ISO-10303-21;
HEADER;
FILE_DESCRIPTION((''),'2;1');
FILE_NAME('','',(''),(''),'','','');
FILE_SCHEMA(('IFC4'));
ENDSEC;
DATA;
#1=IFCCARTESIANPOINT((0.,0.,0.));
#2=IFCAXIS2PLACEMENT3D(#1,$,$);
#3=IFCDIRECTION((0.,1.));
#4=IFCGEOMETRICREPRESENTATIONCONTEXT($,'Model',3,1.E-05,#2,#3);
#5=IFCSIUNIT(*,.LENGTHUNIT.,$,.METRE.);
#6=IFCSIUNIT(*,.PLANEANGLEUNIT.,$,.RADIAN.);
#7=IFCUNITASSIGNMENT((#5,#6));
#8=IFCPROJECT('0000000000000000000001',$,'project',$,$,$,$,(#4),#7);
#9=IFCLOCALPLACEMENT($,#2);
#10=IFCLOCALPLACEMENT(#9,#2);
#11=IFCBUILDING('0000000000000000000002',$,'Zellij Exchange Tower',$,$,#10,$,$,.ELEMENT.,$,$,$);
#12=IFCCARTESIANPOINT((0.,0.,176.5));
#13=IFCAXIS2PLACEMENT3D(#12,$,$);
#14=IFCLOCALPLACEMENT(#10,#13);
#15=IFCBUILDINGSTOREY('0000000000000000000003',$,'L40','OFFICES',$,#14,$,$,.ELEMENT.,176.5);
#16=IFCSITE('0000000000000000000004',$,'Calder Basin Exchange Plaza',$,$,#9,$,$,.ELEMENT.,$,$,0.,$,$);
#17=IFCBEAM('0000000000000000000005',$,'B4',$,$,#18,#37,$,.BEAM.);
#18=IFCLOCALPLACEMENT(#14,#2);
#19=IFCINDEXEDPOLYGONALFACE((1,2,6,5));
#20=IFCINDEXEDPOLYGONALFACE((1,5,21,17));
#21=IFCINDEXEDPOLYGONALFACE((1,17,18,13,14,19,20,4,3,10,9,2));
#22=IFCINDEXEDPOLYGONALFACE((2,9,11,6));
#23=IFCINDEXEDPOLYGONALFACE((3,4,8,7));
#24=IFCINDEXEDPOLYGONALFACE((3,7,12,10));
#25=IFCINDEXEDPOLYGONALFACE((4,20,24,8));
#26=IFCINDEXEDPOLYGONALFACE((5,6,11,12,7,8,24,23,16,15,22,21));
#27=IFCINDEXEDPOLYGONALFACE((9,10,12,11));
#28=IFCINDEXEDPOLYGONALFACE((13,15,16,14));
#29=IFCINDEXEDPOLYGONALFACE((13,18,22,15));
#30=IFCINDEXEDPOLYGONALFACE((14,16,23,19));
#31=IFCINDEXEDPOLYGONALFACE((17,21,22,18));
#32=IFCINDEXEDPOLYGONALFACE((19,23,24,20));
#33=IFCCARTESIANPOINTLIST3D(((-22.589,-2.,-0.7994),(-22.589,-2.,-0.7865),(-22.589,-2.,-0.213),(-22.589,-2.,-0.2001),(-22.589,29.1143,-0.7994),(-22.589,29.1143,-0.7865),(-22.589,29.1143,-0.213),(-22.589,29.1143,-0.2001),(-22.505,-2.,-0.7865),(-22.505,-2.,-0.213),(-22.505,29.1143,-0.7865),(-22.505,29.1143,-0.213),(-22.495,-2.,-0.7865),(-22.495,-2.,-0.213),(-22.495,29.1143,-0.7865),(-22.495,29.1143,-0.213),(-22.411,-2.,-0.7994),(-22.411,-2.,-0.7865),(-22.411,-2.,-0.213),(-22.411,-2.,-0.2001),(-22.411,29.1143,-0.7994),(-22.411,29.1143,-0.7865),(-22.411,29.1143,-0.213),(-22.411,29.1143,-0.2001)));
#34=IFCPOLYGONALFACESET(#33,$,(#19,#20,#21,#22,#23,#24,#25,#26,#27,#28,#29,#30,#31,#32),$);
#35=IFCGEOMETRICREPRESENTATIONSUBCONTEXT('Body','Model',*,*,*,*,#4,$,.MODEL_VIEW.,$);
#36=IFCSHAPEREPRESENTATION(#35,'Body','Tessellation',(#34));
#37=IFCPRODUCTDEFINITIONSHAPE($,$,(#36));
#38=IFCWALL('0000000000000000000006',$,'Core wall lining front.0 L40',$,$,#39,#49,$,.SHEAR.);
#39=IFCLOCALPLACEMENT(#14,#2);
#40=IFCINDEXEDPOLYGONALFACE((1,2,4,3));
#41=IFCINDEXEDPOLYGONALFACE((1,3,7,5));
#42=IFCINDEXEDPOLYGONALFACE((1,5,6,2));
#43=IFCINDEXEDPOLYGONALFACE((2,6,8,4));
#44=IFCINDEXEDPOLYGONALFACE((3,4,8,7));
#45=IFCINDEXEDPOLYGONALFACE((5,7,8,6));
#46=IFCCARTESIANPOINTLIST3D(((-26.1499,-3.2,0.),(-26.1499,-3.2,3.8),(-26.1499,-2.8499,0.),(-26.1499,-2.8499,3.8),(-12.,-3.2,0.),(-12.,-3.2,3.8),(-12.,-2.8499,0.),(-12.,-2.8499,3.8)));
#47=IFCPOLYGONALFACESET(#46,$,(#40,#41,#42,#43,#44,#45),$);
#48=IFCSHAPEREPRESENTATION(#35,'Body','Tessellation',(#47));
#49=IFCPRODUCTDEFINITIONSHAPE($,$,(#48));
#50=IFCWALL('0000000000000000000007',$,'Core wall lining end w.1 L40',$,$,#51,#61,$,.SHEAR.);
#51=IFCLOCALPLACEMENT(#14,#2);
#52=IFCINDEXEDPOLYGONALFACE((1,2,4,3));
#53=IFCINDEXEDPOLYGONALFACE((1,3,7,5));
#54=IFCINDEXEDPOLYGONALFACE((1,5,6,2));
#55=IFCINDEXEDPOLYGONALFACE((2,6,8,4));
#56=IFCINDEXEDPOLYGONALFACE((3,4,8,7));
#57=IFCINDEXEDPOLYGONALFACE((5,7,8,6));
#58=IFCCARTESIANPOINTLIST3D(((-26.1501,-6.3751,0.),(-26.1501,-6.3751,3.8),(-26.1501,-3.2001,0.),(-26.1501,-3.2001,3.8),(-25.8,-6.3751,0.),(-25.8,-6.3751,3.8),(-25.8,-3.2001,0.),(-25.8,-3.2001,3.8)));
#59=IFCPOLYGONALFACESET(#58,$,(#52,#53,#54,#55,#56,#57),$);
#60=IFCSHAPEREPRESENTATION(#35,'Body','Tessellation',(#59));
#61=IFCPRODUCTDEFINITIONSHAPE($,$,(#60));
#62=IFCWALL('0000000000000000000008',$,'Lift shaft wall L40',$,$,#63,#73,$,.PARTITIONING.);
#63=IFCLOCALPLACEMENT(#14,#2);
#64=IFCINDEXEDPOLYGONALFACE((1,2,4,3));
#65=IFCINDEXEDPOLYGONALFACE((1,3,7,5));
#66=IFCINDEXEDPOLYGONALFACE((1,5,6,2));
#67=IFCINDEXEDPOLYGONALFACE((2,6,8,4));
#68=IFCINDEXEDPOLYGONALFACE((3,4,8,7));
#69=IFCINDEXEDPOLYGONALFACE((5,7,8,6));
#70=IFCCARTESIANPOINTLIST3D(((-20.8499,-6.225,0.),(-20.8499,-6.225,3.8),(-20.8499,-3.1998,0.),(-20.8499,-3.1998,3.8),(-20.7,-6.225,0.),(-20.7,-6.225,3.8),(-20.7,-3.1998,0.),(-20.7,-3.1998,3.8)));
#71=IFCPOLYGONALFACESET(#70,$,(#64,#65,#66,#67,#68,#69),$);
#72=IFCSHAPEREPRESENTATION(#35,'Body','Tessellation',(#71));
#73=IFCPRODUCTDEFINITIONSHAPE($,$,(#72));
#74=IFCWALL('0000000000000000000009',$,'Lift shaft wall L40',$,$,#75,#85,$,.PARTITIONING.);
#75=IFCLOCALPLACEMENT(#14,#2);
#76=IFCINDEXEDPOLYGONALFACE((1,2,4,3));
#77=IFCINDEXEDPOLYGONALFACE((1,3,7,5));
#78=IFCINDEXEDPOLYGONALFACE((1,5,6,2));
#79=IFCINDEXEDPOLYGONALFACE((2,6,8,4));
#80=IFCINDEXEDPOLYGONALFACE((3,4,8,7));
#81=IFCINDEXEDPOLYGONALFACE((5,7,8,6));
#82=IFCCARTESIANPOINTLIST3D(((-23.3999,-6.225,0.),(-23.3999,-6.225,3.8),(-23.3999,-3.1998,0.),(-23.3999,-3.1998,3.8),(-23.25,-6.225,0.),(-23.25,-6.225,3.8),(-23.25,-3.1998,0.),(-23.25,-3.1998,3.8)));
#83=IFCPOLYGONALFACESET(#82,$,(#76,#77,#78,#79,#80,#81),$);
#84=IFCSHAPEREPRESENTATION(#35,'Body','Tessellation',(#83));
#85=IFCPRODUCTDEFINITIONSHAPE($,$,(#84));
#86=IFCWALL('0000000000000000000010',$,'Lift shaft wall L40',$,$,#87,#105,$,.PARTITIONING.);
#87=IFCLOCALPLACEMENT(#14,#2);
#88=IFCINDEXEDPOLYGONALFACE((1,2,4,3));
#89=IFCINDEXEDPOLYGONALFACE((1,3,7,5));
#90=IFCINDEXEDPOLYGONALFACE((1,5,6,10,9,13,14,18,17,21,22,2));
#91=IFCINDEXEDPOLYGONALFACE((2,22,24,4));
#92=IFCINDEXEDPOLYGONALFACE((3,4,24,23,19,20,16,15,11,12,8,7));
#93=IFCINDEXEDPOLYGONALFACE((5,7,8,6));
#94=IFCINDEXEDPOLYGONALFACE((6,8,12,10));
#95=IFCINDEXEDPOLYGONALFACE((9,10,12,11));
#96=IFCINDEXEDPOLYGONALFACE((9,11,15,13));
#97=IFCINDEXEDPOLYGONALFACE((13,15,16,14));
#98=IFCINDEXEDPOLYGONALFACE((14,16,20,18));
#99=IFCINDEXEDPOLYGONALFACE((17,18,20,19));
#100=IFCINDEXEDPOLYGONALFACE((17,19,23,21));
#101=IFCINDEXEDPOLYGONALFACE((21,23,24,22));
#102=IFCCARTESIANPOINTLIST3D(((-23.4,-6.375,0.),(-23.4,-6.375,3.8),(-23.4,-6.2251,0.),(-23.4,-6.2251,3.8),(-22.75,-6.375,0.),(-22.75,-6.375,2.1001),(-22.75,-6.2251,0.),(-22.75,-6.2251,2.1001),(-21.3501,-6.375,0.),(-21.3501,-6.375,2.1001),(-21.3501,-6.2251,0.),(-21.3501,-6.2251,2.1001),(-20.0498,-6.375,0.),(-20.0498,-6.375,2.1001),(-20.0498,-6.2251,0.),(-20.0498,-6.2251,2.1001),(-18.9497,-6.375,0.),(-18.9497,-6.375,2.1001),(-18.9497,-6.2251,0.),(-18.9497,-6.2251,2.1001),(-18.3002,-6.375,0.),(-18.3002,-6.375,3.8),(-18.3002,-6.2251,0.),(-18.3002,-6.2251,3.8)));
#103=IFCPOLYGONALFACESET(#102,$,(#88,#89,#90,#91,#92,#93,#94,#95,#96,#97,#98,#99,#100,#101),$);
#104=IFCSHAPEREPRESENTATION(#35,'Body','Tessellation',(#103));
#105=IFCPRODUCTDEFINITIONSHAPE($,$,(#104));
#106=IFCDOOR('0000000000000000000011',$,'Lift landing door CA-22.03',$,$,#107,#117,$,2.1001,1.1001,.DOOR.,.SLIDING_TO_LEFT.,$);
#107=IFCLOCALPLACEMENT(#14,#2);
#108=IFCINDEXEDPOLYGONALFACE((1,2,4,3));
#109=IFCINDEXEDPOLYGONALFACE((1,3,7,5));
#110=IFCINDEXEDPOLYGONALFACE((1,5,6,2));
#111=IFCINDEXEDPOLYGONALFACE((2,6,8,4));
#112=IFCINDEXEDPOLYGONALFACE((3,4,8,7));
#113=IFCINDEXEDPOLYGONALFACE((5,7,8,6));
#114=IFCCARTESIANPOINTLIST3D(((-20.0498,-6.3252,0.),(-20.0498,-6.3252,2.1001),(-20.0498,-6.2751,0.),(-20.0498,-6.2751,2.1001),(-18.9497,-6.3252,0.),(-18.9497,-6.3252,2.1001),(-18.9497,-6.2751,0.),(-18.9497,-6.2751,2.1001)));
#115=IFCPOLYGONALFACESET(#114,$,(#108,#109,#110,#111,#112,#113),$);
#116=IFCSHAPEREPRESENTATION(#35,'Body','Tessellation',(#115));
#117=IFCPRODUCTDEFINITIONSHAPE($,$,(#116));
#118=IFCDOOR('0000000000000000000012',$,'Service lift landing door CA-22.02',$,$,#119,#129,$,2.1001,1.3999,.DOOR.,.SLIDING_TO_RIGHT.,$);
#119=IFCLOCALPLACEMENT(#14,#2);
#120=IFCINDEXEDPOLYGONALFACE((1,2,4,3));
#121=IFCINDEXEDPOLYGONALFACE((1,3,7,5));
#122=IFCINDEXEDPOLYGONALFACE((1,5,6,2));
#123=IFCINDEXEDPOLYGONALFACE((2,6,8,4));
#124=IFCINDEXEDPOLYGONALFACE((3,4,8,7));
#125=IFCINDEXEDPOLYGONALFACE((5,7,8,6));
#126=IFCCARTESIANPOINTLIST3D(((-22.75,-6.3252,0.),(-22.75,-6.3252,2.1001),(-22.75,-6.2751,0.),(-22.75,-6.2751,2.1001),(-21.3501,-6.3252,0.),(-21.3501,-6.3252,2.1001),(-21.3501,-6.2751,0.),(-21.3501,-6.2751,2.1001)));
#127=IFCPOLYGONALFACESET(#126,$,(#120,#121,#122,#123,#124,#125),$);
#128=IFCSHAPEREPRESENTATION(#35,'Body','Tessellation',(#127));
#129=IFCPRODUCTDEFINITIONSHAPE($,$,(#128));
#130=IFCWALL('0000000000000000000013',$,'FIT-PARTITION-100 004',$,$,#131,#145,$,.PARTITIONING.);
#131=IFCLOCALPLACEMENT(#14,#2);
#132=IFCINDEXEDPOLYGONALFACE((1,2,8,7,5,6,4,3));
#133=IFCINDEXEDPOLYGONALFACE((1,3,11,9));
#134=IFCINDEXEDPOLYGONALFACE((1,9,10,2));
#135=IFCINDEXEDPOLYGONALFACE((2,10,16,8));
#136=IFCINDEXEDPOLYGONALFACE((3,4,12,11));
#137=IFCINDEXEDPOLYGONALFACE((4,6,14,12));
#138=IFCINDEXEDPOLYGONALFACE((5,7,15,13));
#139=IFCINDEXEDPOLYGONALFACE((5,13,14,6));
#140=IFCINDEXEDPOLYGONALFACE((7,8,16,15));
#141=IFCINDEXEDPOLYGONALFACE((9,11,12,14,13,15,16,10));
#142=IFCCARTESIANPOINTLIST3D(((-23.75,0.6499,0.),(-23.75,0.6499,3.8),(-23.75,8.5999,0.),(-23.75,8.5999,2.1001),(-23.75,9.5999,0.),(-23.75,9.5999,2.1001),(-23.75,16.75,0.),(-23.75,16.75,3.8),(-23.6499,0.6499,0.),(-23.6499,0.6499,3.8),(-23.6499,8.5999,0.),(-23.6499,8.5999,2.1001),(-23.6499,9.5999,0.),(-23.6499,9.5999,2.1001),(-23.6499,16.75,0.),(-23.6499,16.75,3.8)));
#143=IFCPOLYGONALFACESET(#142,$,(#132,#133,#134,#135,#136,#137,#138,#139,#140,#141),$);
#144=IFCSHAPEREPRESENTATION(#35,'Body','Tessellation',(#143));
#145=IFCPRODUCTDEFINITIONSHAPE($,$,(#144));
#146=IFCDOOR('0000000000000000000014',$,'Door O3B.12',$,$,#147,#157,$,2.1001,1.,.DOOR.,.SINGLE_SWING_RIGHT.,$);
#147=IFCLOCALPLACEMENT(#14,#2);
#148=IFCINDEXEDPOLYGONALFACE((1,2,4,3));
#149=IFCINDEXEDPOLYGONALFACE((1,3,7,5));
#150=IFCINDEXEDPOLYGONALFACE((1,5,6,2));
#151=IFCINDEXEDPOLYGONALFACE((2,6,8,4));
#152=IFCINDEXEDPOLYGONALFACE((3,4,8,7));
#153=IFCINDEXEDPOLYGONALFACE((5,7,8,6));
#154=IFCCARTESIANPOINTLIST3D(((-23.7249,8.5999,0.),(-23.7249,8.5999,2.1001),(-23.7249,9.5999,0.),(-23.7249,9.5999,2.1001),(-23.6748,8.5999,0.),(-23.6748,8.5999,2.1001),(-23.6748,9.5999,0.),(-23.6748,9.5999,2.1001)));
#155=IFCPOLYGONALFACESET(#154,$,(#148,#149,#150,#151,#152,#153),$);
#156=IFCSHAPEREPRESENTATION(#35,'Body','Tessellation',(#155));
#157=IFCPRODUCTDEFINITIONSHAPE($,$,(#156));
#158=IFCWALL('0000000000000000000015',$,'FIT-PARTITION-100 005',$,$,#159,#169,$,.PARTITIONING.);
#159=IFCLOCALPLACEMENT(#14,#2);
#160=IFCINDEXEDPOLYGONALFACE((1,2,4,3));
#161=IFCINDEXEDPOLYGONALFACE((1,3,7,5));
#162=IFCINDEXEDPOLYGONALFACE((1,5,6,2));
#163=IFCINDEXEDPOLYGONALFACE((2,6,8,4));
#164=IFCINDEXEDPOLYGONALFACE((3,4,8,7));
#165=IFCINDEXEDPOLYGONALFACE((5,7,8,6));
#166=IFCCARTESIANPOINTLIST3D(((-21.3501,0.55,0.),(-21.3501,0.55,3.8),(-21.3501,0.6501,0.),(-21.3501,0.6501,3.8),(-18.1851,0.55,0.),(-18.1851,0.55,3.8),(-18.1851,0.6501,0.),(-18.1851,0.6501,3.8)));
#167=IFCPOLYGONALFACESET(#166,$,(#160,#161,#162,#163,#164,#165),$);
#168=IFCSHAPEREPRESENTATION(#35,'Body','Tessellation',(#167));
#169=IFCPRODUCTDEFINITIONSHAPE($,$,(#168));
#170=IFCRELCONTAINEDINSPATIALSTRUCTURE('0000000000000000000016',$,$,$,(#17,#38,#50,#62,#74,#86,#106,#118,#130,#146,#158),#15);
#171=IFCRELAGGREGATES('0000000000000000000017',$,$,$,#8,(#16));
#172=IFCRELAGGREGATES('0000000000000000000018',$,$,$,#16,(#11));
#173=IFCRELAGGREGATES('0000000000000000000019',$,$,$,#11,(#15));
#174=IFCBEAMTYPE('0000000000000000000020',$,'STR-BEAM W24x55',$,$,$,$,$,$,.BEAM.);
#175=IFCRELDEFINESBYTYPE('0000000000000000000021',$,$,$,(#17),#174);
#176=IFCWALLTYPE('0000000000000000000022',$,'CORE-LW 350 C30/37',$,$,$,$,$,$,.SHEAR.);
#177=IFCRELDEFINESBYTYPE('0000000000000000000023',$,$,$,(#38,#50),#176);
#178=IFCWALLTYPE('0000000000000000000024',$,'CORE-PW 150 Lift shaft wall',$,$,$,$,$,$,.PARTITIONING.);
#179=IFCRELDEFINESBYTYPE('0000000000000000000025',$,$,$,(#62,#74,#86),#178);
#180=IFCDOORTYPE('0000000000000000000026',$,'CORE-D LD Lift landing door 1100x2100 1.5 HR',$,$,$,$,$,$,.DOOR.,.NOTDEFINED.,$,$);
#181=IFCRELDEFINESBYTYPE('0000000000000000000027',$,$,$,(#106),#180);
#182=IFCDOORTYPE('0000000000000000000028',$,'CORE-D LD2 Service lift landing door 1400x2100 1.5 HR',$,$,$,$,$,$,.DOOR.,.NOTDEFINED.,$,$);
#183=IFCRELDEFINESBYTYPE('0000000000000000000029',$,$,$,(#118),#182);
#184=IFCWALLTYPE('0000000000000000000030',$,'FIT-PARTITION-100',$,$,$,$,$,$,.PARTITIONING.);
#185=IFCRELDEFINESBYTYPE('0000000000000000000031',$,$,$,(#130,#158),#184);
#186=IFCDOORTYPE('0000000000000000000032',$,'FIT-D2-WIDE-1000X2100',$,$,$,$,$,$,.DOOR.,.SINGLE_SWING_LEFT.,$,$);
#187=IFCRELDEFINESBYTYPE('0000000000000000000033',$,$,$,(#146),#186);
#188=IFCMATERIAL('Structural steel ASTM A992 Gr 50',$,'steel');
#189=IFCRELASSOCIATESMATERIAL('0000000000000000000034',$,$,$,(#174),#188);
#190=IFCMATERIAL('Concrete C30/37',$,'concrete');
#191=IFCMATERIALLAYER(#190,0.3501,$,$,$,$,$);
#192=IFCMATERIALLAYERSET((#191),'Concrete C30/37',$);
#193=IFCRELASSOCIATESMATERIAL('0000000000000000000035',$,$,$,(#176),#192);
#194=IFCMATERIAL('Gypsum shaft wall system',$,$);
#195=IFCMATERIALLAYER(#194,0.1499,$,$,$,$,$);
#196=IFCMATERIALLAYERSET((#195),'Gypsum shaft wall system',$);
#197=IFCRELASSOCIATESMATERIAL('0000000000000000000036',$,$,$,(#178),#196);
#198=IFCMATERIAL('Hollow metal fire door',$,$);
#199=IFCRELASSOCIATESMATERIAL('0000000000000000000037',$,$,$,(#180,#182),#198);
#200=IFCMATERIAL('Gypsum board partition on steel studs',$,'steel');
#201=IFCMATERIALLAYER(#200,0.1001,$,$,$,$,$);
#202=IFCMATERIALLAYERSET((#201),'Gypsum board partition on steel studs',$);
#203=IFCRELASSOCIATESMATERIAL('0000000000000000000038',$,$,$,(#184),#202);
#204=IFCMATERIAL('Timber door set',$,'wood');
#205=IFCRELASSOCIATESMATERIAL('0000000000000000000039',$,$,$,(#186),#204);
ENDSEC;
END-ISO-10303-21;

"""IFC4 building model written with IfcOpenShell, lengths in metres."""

from ifc_helpers import new_model, si_unit, direction, frame, frame_2d, origin, origin_2d, place, context, subcontext, project, spatial, rectangle, i_section, extrude, material, layer, layer_set, material_profile, profile_set, type_object, element, fill, save


model = new_model("IFC4")

# Units and contexts
model_context = context("Model", 3, precision=1e-05, world=origin(), true_north=direction((0.0, 1.0)))
body_context = subcontext(model_context, "Body", "Model", "MODEL_VIEW")
ifc_project = project(units=[si_unit("LENGTHUNIT", "METRE"), si_unit("PLANEANGLEUNIT", "RADIAN")], contexts=[model_context])

# Site, building, storey
site_placement = place(None, origin())
site = spatial("IfcSite", under=ifc_project, at=site_placement, Name="Calder Basin Exchange Plaza", CompositionType="ELEMENT", RefElevation=0.0)
building_placement = place(site_placement, origin())
building = spatial("IfcBuilding", under=site, at=building_placement, Name="Zellij Exchange Tower", CompositionType="ELEMENT")
storey_placement = place(building_placement, frame((0.0, 0.0, 176.5)))
storey = spatial("IfcBuildingStorey", under=building, at=storey_placement, Name="L40", Description="OFFICES", CompositionType="ELEMENT", Elevation=176.5)

# Beam
ifc_material_1 = material(Name="Structural steel ASTM A992 Gr 50", Category="steel")
ifc_material_profile = material_profile(ifc_material_1, i_section(OverallWidth=0.178, OverallDepth=0.5994, WebThickness=0.01, FlangeThickness=0.0129, at=origin_2d()), Name="W24x55")
ifc_profile_set = profile_set([ifc_material_profile], Name="Structural steel ASTM A992 Gr 50")
beam_type = type_object("IfcBeamType", Name="STR-BEAM W24x55", PredefinedType="BEAM", material=ifc_profile_set)
beam_placement = place(storey_placement, frame((-22.5, -2.0, -0.4998), z_axis=(0.0, 1.0, 0.0), x_axis=(-1.0, 0.0, 0.0)))
element("IfcBeam", 1, at=beam_placement, inside=storey, type_object=beam_type, Name="B4", PredefinedType="BEAM", context=body_context, shape_type="SweptSolid", body=[
    extrude(i_section(OverallWidth=0.178, OverallDepth=0.5994, WebThickness=0.01, FlangeThickness=0.0129, at=origin_2d()), origin(), (0.0, 0.0, 1.0), 31.1143),
])

# Walls
ifc_material_2 = material(Name="Concrete C30/37", Category="concrete")
ifc_layer_1 = layer(ifc_material_2, 0.3501)
ifc_layer_set_1 = layer_set([ifc_layer_1], Name="Concrete C30/37")
wall_type_1 = type_object("IfcWallType", Name="CORE-LW 350 C30/37", PredefinedType="SHEAR", material=ifc_layer_set_1)
wall_1_placement = place(storey_placement, frame((-26.1499, -3.0249, 0.0), z_axis=(0.0, 0.0, 1.0), x_axis=(1.0, 0.0, 0.0)))
element("IfcWall", 2, at=wall_1_placement, inside=storey, type_object=wall_type_1, Name="Core wall lining front.0 L40", PredefinedType="SHEAR", context=body_context, shape_type="SweptSolid", body=[
    extrude(rectangle(XDim=14.1499, YDim=0.3501, at=frame_2d((7.075, 0.0))), origin(), (0.0, 0.0, 1.0), 3.8),
])
wall_2_placement = place(storey_placement, frame((-25.9751, -6.375, 0.0), z_axis=(0.0, 0.0, 1.0), x_axis=(0.0, 1.0, 0.0)))
element("IfcWall", 3, at=wall_2_placement, inside=storey, type_object=wall_type_1, Name="Core wall lining end w.1 L40", PredefinedType="SHEAR", context=body_context, shape_type="SweptSolid", body=[
    extrude(rectangle(XDim=3.175, YDim=0.3501, at=frame_2d((1.5874, 0.0))), origin(), (0.0, 0.0, 1.0), 3.8),
])
ifc_material_3 = material(Name="Gypsum shaft wall system")
ifc_layer_2 = layer(ifc_material_3, 0.1499)
ifc_layer_set_2 = layer_set([ifc_layer_2], Name="Gypsum shaft wall system")
wall_type_2 = type_object("IfcWallType", Name="CORE-PW 150 Lift shaft wall", PredefinedType="PARTITIONING", material=ifc_layer_set_2)
for number, where, z_axis, x_axis, name in (
    (4, (-20.7749, -6.2251, 0.0), (0.0, 0.0, 1.0), (0.0, 1.0, 0.0), "Lift shaft wall L40"),
    (5, (-23.325, -6.2251, 0.0), (0.0, 0.0, 1.0), (0.0, 1.0, 0.0), "Lift shaft wall L40"),
):
    element("IfcWall", number, at=place(storey_placement, frame(where, z_axis=z_axis, x_axis=x_axis)), inside=storey, type_object=wall_type_2, Name=name, PredefinedType="PARTITIONING", context=body_context, shape_type="SweptSolid", body=[
        extrude(rectangle(XDim=3.0251, YDim=0.1499, at=frame_2d((1.5127, 0.0))), origin(), (0.0, 0.0, 1.0), 3.8),
    ])

# Wall, openings, doors
wall_3_placement = place(storey_placement, frame((-23.3999, -6.3, 0.0), z_axis=(0.0, 0.0, 1.0), x_axis=(1.0, 0.0, 0.0)))
wall_3 = element("IfcWall", 6, at=wall_3_placement, inside=storey, type_object=wall_type_2, Name="Lift shaft wall L40", PredefinedType="PARTITIONING", context=body_context, shape_type="SweptSolid", body=[
    extrude(rectangle(XDim=5.0999, YDim=0.1499, at=frame_2d((2.5498, 0.0))), origin(), (0.0, 0.0, 1.0), 3.8),
])
opening_1_placement = place(wall_3_placement, frame((0.6499, 0.0, 0.0)))
opening_1 = element("IfcOpeningElement", 7, at=opening_1_placement, cuts=wall_3, PredefinedType="OPENING", context=body_context, shape_type="SweptSolid", body=[
    extrude(rectangle(XDim=1.3999, YDim=2.1001, at=frame_2d((0.7, 1.05))), frame((0.0, 0.0869, 0.0), z_axis=(0.0, -1.0, 0.0), x_axis=(1.0, 0.0, 0.0)), (0.0, 0.0, 1.0), 0.1738),
])
opening_2_placement = place(wall_3_placement, frame((3.3501, 0.0, 0.0)))
opening_2 = element("IfcOpeningElement", 8, at=opening_2_placement, cuts=wall_3, PredefinedType="OPENING", context=body_context, shape_type="SweptSolid", body=[
    extrude(rectangle(XDim=1.1001, YDim=2.1001, at=frame_2d((0.55, 1.05))), frame((0.0, 0.0869, 0.0), z_axis=(0.0, -1.0, 0.0), x_axis=(1.0, 0.0, 0.0)), (0.0, 0.0, 1.0), 0.1738),
])
ifc_material_4 = material(Name="Hollow metal fire door")
door_type_1 = type_object("IfcDoorType", Name="CORE-D LD Lift landing door 1100x2100 1.5 HR", OperationType="NOTDEFINED", PredefinedType="DOOR", material=ifc_material_4)
door_1_placement = place(opening_2_placement, origin())
door_1 = element("IfcDoor", 9, at=door_1_placement, inside=storey, type_object=door_type_1, Name="Lift landing door CA-22.03", OperationType="SLIDING_TO_LEFT", OverallHeight=2.1001, OverallWidth=1.1001, PredefinedType="DOOR", context=body_context, shape_type="SweptSolid", body=[
    extrude(rectangle(XDim=1.1001, YDim=2.1001, at=frame_2d((0.55, 1.05))), frame((0.0, 0.0249, 0.0), z_axis=(0.0, -1.0, 0.0), x_axis=(1.0, 0.0, 0.0)), (0.0, 0.0, 1.0), 0.05),
])
fill(opening_2, door_1)
door_type_2 = type_object("IfcDoorType", Name="CORE-D LD2 Service lift landing door 1400x2100 1.5 HR", OperationType="NOTDEFINED", PredefinedType="DOOR", material=ifc_material_4)
door_2_placement = place(opening_1_placement, origin())
door_2 = element("IfcDoor", 10, at=door_2_placement, inside=storey, type_object=door_type_2, Name="Service lift landing door CA-22.02", OperationType="SLIDING_TO_RIGHT", OverallHeight=2.1001, OverallWidth=1.3999, PredefinedType="DOOR", context=body_context, shape_type="SweptSolid", body=[
    extrude(rectangle(XDim=1.3999, YDim=2.1001, at=frame_2d((0.7, 1.05))), frame((0.0, 0.0249, 0.0), z_axis=(0.0, -1.0, 0.0), x_axis=(1.0, 0.0, 0.0)), (0.0, 0.0, 1.0), 0.05),
])
fill(opening_1, door_2)

# Wall, opening, door
ifc_material_5 = material(Name="Gypsum board partition on steel studs", Category="steel")
ifc_layer_3 = layer(ifc_material_5, 0.1001)
ifc_layer_set_3 = layer_set([ifc_layer_3], Name="Gypsum board partition on steel studs")
wall_type_3 = type_object("IfcWallType", Name="FIT-PARTITION-100", PredefinedType="PARTITIONING", material=ifc_layer_set_3)
wall_4_placement = place(storey_placement, frame((-23.7, 0.6499, 0.0), z_axis=(0.0, 0.0, 1.0), x_axis=(0.0, 1.0, 0.0)))
wall_4 = element("IfcWall", 11, at=wall_4_placement, inside=storey, type_object=wall_type_3, Name="FIT-PARTITION-100 004", PredefinedType="PARTITIONING", context=body_context, shape_type="SweptSolid", body=[
    extrude(rectangle(XDim=16.1001, YDim=0.1001, at=frame_2d((8.05, 0.0))), origin(), (0.0, 0.0, 1.0), 3.8),
])
opening_3_placement = place(wall_4_placement, frame((7.95, 0.0, 0.0)))
opening_3 = element("IfcOpeningElement", 12, at=opening_3_placement, cuts=wall_4, PredefinedType="OPENING", context=body_context, shape_type="SweptSolid", body=[
    extrude(rectangle(XDim=1.0, YDim=2.1001, at=frame_2d((0.5, 1.05))), frame((0.0, 0.062, 0.0), z_axis=(0.0, -1.0, 0.0), x_axis=(1.0, 0.0, 0.0)), (0.0, 0.0, 1.0), 0.124),
])
ifc_material_6 = material(Name="Timber door set", Category="wood")
door_type_3 = type_object("IfcDoorType", Name="FIT-D2-WIDE-1000X2100", OperationType="SINGLE_SWING_LEFT", PredefinedType="DOOR", material=ifc_material_6)
door_3_placement = place(opening_3_placement, origin())
door_3 = element("IfcDoor", 13, at=door_3_placement, inside=storey, type_object=door_type_3, Name="Door O3B.12", OperationType="SINGLE_SWING_RIGHT", OverallHeight=2.1001, OverallWidth=1.0, PredefinedType="DOOR", context=body_context, shape_type="SweptSolid", body=[
    extrude(rectangle(XDim=1.0, YDim=2.1001, at=frame_2d((0.5, 1.05))), frame((0.0, 0.0249, 0.0), z_axis=(0.0, -1.0, 0.0), x_axis=(1.0, 0.0, 0.0)), (0.0, 0.0, 1.0), 0.05),
])
fill(opening_3, door_3)

# Wall
wall_5_placement = place(storey_placement, frame((-21.3501, 0.6001, 0.0), z_axis=(0.0, 0.0, 1.0), x_axis=(1.0, 0.0, 0.0)))
element("IfcWall", 14, at=wall_5_placement, inside=storey, type_object=wall_type_3, Name="FIT-PARTITION-100 005", PredefinedType="PARTITIONING", context=body_context, shape_type="SweptSolid", body=[
    extrude(rectangle(XDim=3.165, YDim=0.1001, at=frame_2d((1.5825, 0.0))), origin(), (0.0, 0.0, 1.0), 3.8),
])

save(model, "model.ifc")
